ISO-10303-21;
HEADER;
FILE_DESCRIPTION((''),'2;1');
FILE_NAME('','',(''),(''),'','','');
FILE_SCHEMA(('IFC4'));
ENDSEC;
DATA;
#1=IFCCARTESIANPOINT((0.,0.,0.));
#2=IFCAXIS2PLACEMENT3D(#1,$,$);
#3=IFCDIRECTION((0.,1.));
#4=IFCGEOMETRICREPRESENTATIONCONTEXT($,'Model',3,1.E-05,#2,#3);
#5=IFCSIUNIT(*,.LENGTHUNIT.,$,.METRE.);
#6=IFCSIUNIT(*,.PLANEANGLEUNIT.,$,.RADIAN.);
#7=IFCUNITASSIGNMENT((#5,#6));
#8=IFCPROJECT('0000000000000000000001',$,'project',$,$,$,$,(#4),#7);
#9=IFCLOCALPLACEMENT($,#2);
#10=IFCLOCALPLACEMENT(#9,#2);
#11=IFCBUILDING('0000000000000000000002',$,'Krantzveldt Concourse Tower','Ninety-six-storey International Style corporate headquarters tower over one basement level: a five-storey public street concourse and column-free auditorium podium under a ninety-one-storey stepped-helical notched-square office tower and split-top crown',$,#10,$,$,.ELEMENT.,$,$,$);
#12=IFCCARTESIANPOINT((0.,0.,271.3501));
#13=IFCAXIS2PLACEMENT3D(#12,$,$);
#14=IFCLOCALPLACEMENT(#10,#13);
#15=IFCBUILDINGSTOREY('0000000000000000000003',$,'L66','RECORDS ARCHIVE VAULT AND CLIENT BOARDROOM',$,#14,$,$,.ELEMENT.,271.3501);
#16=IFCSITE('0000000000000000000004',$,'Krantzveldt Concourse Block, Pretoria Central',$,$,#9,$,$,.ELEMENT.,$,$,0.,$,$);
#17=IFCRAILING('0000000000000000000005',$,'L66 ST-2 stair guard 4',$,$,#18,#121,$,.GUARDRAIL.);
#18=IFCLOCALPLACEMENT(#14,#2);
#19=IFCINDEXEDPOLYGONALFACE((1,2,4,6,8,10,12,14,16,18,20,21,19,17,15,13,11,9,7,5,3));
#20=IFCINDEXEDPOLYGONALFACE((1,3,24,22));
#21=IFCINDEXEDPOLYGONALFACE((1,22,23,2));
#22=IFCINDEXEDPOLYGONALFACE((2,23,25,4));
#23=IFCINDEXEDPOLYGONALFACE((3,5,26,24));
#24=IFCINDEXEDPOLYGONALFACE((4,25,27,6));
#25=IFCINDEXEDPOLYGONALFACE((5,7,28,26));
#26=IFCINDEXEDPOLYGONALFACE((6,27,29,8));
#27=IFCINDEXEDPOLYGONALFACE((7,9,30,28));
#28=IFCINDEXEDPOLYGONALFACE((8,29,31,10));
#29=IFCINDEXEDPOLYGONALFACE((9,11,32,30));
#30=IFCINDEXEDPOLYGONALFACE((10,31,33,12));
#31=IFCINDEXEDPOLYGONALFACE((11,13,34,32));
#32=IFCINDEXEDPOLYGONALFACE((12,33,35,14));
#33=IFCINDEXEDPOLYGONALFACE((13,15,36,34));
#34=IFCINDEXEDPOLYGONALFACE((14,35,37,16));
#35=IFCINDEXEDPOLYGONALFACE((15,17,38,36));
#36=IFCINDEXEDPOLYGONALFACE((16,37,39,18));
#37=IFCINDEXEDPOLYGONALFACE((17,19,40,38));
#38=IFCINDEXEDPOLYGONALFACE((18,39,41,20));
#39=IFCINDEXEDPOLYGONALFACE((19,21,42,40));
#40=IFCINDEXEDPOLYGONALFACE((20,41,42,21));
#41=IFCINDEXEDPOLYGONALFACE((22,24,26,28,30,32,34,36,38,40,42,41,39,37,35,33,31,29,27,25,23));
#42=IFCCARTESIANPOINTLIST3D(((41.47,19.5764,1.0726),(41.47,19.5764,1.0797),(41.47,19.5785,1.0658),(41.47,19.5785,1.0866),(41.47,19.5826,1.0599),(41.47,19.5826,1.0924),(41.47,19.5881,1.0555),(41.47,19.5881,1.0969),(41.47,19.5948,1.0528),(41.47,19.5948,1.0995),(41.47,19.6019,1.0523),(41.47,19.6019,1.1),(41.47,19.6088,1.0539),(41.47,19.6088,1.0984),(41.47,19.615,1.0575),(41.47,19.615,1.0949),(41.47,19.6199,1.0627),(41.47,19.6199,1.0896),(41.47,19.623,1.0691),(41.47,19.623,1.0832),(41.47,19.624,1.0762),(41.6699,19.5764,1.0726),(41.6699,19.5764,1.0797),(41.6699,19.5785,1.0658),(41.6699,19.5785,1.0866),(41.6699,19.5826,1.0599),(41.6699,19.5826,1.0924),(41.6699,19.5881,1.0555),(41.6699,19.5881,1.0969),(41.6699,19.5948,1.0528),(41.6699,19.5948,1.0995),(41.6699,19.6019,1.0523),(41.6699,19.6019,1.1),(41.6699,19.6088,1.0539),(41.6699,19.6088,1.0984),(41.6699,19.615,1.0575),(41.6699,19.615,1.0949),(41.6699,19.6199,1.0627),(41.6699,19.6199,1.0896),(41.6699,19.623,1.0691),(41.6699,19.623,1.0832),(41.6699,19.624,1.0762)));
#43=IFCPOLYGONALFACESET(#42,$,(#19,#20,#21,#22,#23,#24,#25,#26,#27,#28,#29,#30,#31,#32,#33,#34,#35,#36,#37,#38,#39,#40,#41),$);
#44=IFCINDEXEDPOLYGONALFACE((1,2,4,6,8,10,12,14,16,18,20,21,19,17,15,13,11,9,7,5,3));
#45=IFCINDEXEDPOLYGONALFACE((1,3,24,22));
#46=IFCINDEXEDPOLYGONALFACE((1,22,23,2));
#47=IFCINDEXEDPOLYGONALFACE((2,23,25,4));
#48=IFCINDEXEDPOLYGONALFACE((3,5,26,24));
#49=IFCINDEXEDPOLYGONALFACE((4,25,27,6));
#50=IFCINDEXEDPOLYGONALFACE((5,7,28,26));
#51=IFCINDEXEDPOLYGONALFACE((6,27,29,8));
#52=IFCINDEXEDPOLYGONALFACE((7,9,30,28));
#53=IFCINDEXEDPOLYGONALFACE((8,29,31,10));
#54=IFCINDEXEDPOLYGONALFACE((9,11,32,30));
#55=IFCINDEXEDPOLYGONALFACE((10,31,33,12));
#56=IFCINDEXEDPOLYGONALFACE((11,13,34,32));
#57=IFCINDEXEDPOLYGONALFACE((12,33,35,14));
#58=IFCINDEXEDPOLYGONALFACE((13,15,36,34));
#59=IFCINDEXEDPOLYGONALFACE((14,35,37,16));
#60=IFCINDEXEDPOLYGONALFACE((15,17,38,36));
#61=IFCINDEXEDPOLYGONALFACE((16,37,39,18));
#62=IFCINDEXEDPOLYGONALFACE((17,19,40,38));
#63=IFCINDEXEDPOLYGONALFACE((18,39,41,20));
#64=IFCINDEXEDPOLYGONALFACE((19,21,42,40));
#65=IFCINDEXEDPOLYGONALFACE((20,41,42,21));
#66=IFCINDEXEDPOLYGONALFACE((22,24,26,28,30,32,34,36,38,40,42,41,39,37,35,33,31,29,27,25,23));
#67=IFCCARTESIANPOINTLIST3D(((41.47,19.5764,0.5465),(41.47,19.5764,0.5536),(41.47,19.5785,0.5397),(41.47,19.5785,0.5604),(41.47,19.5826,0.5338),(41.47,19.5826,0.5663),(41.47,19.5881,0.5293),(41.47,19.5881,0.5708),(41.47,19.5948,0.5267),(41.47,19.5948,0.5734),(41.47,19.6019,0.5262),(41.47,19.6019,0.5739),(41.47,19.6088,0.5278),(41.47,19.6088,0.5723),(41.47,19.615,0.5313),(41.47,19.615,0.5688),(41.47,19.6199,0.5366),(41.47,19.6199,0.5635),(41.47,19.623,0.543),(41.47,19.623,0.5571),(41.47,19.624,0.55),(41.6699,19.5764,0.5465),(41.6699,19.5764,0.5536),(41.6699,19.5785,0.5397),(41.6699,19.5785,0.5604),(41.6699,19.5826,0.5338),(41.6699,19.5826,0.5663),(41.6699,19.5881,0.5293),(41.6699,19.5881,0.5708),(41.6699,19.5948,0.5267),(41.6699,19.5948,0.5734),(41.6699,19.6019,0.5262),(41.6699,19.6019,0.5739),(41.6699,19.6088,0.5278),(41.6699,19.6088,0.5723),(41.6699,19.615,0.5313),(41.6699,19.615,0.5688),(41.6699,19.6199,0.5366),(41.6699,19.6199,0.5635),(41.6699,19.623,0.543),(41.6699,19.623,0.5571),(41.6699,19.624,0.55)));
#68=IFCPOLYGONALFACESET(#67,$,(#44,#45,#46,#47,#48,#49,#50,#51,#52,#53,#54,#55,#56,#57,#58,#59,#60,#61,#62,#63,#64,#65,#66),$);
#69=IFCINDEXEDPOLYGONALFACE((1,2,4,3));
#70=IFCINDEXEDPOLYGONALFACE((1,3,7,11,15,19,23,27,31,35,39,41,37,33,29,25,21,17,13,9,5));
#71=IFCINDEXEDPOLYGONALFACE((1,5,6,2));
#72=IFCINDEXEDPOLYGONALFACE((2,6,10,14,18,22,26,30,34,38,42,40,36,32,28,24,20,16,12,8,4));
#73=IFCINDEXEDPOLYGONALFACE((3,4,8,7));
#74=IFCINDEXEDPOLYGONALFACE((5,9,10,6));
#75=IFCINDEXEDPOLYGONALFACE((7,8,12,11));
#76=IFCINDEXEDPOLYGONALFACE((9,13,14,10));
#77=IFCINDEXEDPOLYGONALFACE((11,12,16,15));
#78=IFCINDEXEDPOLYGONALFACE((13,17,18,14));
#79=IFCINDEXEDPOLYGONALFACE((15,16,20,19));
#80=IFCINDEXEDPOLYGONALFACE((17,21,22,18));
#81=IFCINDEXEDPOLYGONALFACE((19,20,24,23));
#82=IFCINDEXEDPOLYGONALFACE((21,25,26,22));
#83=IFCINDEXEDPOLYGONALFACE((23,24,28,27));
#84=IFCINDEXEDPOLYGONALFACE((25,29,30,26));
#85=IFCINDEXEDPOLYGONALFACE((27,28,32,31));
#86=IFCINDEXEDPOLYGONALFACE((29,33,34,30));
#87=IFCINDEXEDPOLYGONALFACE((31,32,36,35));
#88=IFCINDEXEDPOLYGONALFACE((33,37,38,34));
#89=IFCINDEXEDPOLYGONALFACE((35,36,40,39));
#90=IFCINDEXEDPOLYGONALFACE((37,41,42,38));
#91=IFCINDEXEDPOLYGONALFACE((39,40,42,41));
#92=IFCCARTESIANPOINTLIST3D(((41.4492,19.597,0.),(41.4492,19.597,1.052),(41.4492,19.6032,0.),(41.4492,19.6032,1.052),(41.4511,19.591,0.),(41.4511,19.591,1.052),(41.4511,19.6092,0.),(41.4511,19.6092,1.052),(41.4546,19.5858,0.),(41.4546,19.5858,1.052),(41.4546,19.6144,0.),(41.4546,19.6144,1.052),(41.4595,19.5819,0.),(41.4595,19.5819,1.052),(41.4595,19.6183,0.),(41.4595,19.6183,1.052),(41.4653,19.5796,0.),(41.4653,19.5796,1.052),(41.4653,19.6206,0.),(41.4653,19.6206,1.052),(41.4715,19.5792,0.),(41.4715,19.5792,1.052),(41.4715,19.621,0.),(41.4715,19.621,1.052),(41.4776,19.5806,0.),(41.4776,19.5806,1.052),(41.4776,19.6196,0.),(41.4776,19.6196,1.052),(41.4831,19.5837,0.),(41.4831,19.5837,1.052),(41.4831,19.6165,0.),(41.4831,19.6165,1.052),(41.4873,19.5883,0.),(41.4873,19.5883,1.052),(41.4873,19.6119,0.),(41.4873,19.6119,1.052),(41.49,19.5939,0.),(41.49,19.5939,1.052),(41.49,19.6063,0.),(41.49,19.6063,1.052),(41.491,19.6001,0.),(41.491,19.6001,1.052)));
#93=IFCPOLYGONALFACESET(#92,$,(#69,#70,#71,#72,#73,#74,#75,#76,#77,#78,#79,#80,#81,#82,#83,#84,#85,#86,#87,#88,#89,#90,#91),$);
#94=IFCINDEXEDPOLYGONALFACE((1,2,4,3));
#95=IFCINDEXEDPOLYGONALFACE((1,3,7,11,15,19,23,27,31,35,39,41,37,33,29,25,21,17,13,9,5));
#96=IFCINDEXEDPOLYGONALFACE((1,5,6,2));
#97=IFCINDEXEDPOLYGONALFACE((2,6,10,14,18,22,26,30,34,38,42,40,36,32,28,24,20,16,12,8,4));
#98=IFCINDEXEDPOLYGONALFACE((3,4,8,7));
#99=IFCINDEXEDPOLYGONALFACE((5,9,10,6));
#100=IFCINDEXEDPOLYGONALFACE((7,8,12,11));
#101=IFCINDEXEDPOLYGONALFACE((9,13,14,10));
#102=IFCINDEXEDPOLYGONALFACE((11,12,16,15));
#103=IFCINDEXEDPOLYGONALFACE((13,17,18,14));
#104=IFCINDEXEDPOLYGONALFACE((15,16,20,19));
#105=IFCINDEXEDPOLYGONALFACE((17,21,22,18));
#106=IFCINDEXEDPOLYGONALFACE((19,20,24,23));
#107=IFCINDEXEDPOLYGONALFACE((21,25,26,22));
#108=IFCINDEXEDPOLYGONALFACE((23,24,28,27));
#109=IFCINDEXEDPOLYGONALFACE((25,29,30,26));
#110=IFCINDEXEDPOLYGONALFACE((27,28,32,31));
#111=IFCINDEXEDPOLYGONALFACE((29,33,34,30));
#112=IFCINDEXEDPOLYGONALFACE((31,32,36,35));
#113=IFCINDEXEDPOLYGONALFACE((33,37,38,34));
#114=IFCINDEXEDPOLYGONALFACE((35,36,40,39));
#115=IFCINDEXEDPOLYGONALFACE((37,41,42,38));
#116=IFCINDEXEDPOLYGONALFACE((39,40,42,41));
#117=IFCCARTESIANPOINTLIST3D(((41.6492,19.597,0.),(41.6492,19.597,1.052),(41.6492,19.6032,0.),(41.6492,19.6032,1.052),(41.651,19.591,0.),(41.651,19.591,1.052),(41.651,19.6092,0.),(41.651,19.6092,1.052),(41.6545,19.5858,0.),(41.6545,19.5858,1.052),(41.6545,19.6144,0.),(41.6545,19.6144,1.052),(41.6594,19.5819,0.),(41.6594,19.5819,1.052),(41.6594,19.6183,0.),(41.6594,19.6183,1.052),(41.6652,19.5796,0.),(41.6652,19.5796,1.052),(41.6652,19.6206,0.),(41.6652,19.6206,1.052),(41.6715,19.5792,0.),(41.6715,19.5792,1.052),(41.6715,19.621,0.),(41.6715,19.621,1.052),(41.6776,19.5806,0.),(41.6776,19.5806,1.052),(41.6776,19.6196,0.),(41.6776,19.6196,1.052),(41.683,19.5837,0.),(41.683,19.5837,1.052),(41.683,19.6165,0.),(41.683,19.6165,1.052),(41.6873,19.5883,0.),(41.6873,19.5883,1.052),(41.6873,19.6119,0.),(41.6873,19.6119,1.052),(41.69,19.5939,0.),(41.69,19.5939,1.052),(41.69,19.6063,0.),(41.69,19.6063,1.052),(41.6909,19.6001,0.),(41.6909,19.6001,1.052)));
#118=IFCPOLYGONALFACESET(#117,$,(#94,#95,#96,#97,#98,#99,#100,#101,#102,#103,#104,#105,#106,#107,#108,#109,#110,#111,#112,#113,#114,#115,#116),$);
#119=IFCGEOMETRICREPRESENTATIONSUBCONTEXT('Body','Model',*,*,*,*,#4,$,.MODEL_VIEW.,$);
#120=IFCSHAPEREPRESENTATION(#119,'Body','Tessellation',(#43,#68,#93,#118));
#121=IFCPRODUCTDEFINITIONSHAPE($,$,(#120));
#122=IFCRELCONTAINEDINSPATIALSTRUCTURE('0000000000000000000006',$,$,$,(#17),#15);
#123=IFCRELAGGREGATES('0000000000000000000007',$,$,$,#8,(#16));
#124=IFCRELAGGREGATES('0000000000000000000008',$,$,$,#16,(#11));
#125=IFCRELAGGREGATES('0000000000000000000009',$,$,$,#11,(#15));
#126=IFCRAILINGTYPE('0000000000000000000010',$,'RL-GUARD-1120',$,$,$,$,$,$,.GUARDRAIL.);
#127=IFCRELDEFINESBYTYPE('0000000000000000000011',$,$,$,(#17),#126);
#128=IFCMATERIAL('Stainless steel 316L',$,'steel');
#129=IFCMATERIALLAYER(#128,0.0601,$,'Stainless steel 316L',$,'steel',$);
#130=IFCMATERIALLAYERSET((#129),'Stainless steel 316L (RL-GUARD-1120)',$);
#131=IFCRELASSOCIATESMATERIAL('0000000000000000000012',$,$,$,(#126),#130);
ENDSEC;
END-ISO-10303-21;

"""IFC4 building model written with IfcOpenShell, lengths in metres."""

from ifc_helpers import new_model, si_unit, direction, frame, origin, origin_2d, place, context, subcontext, project, spatial, circle, extrude, material, layer, layer_set, type_object, element, save


model = new_model("IFC4")

# Units and contexts
model_context = context("Model", 3, precision=1e-05, world=origin(), true_north=direction((0.0, 1.0)))
body_context = subcontext(model_context, "Body", "Model", "MODEL_VIEW")
ifc_project = project(units=[si_unit("LENGTHUNIT", "METRE"), si_unit("PLANEANGLEUNIT", "RADIAN")], contexts=[model_context])

# Site, building, storey
site_placement = place(None, origin())
site = spatial("IfcSite", under=ifc_project, at=site_placement, Name="Krantzveldt Concourse Block, Pretoria Central", CompositionType="ELEMENT", RefElevation=0.0)
building_placement = place(site_placement, origin())
building = spatial("IfcBuilding", under=site, at=building_placement, Name="Krantzveldt Concourse Tower", Description="Ninety-six-storey International Style corporate headquarters tower over one basement level: a five-storey public street concourse and column-free auditorium podium under a ninety-one-storey stepped-helical notched-square office tower and split-top crown", CompositionType="ELEMENT")
storey_placement = place(building_placement, frame((0.0, 0.0, 271.3501)))
storey = spatial("IfcBuildingStorey", under=building, at=storey_placement, Name="L66", Description="RECORDS ARCHIVE VAULT AND CLIENT BOARDROOM", CompositionType="ELEMENT", Elevation=271.3501)

# Railing
ifc_material_1 = material(Name="Stainless steel 316L", Category="steel")
ifc_layer_1 = layer(ifc_material_1, 0.0601, Name="Stainless steel 316L", Category="steel")
ifc_layer_set_1 = layer_set([ifc_layer_1], Name="Stainless steel 316L (RL-GUARD-1120)")
railing_type_1 = type_object("IfcRailingType", Name="RL-GUARD-1120", PredefinedType="GUARDRAIL", material=ifc_layer_set_1)
railing_1_placement = place(storey_placement, frame((41.47, 19.6001, 0.0)))
element("IfcRailing", 1, at=railing_1_placement, inside=storey, type_object=railing_type_1, Name="L66 ST-2 stair guard 4", PredefinedType="GUARDRAIL", context=body_context, shape_type="SweptSolid", body=[
    extrude(circle(Radius=0.0239, at=origin_2d()), frame((0.0, 0.0, 1.0762), z_axis=(1.0, 0.0, 0.0), x_axis=(0.0, 1.0, 0.0)), (0.0, 0.0, 1.0), 0.2),
    extrude(circle(Radius=0.0239, at=origin_2d()), frame((0.0, 0.0, 0.55), z_axis=(1.0, 0.0, 0.0), x_axis=(0.0, 1.0, 0.0)), (0.0, 0.0, 1.0), 0.2),
    extrude(circle(Radius=0.021, at=origin_2d()), origin(), (0.0, 0.0, 1.0), 1.052),
    extrude(circle(Radius=0.021, at=origin_2d()), frame((0.2, 0.0, 0.0)), (0.0, 0.0, 1.0), 1.052),
])

save(model, "model.ifc")
